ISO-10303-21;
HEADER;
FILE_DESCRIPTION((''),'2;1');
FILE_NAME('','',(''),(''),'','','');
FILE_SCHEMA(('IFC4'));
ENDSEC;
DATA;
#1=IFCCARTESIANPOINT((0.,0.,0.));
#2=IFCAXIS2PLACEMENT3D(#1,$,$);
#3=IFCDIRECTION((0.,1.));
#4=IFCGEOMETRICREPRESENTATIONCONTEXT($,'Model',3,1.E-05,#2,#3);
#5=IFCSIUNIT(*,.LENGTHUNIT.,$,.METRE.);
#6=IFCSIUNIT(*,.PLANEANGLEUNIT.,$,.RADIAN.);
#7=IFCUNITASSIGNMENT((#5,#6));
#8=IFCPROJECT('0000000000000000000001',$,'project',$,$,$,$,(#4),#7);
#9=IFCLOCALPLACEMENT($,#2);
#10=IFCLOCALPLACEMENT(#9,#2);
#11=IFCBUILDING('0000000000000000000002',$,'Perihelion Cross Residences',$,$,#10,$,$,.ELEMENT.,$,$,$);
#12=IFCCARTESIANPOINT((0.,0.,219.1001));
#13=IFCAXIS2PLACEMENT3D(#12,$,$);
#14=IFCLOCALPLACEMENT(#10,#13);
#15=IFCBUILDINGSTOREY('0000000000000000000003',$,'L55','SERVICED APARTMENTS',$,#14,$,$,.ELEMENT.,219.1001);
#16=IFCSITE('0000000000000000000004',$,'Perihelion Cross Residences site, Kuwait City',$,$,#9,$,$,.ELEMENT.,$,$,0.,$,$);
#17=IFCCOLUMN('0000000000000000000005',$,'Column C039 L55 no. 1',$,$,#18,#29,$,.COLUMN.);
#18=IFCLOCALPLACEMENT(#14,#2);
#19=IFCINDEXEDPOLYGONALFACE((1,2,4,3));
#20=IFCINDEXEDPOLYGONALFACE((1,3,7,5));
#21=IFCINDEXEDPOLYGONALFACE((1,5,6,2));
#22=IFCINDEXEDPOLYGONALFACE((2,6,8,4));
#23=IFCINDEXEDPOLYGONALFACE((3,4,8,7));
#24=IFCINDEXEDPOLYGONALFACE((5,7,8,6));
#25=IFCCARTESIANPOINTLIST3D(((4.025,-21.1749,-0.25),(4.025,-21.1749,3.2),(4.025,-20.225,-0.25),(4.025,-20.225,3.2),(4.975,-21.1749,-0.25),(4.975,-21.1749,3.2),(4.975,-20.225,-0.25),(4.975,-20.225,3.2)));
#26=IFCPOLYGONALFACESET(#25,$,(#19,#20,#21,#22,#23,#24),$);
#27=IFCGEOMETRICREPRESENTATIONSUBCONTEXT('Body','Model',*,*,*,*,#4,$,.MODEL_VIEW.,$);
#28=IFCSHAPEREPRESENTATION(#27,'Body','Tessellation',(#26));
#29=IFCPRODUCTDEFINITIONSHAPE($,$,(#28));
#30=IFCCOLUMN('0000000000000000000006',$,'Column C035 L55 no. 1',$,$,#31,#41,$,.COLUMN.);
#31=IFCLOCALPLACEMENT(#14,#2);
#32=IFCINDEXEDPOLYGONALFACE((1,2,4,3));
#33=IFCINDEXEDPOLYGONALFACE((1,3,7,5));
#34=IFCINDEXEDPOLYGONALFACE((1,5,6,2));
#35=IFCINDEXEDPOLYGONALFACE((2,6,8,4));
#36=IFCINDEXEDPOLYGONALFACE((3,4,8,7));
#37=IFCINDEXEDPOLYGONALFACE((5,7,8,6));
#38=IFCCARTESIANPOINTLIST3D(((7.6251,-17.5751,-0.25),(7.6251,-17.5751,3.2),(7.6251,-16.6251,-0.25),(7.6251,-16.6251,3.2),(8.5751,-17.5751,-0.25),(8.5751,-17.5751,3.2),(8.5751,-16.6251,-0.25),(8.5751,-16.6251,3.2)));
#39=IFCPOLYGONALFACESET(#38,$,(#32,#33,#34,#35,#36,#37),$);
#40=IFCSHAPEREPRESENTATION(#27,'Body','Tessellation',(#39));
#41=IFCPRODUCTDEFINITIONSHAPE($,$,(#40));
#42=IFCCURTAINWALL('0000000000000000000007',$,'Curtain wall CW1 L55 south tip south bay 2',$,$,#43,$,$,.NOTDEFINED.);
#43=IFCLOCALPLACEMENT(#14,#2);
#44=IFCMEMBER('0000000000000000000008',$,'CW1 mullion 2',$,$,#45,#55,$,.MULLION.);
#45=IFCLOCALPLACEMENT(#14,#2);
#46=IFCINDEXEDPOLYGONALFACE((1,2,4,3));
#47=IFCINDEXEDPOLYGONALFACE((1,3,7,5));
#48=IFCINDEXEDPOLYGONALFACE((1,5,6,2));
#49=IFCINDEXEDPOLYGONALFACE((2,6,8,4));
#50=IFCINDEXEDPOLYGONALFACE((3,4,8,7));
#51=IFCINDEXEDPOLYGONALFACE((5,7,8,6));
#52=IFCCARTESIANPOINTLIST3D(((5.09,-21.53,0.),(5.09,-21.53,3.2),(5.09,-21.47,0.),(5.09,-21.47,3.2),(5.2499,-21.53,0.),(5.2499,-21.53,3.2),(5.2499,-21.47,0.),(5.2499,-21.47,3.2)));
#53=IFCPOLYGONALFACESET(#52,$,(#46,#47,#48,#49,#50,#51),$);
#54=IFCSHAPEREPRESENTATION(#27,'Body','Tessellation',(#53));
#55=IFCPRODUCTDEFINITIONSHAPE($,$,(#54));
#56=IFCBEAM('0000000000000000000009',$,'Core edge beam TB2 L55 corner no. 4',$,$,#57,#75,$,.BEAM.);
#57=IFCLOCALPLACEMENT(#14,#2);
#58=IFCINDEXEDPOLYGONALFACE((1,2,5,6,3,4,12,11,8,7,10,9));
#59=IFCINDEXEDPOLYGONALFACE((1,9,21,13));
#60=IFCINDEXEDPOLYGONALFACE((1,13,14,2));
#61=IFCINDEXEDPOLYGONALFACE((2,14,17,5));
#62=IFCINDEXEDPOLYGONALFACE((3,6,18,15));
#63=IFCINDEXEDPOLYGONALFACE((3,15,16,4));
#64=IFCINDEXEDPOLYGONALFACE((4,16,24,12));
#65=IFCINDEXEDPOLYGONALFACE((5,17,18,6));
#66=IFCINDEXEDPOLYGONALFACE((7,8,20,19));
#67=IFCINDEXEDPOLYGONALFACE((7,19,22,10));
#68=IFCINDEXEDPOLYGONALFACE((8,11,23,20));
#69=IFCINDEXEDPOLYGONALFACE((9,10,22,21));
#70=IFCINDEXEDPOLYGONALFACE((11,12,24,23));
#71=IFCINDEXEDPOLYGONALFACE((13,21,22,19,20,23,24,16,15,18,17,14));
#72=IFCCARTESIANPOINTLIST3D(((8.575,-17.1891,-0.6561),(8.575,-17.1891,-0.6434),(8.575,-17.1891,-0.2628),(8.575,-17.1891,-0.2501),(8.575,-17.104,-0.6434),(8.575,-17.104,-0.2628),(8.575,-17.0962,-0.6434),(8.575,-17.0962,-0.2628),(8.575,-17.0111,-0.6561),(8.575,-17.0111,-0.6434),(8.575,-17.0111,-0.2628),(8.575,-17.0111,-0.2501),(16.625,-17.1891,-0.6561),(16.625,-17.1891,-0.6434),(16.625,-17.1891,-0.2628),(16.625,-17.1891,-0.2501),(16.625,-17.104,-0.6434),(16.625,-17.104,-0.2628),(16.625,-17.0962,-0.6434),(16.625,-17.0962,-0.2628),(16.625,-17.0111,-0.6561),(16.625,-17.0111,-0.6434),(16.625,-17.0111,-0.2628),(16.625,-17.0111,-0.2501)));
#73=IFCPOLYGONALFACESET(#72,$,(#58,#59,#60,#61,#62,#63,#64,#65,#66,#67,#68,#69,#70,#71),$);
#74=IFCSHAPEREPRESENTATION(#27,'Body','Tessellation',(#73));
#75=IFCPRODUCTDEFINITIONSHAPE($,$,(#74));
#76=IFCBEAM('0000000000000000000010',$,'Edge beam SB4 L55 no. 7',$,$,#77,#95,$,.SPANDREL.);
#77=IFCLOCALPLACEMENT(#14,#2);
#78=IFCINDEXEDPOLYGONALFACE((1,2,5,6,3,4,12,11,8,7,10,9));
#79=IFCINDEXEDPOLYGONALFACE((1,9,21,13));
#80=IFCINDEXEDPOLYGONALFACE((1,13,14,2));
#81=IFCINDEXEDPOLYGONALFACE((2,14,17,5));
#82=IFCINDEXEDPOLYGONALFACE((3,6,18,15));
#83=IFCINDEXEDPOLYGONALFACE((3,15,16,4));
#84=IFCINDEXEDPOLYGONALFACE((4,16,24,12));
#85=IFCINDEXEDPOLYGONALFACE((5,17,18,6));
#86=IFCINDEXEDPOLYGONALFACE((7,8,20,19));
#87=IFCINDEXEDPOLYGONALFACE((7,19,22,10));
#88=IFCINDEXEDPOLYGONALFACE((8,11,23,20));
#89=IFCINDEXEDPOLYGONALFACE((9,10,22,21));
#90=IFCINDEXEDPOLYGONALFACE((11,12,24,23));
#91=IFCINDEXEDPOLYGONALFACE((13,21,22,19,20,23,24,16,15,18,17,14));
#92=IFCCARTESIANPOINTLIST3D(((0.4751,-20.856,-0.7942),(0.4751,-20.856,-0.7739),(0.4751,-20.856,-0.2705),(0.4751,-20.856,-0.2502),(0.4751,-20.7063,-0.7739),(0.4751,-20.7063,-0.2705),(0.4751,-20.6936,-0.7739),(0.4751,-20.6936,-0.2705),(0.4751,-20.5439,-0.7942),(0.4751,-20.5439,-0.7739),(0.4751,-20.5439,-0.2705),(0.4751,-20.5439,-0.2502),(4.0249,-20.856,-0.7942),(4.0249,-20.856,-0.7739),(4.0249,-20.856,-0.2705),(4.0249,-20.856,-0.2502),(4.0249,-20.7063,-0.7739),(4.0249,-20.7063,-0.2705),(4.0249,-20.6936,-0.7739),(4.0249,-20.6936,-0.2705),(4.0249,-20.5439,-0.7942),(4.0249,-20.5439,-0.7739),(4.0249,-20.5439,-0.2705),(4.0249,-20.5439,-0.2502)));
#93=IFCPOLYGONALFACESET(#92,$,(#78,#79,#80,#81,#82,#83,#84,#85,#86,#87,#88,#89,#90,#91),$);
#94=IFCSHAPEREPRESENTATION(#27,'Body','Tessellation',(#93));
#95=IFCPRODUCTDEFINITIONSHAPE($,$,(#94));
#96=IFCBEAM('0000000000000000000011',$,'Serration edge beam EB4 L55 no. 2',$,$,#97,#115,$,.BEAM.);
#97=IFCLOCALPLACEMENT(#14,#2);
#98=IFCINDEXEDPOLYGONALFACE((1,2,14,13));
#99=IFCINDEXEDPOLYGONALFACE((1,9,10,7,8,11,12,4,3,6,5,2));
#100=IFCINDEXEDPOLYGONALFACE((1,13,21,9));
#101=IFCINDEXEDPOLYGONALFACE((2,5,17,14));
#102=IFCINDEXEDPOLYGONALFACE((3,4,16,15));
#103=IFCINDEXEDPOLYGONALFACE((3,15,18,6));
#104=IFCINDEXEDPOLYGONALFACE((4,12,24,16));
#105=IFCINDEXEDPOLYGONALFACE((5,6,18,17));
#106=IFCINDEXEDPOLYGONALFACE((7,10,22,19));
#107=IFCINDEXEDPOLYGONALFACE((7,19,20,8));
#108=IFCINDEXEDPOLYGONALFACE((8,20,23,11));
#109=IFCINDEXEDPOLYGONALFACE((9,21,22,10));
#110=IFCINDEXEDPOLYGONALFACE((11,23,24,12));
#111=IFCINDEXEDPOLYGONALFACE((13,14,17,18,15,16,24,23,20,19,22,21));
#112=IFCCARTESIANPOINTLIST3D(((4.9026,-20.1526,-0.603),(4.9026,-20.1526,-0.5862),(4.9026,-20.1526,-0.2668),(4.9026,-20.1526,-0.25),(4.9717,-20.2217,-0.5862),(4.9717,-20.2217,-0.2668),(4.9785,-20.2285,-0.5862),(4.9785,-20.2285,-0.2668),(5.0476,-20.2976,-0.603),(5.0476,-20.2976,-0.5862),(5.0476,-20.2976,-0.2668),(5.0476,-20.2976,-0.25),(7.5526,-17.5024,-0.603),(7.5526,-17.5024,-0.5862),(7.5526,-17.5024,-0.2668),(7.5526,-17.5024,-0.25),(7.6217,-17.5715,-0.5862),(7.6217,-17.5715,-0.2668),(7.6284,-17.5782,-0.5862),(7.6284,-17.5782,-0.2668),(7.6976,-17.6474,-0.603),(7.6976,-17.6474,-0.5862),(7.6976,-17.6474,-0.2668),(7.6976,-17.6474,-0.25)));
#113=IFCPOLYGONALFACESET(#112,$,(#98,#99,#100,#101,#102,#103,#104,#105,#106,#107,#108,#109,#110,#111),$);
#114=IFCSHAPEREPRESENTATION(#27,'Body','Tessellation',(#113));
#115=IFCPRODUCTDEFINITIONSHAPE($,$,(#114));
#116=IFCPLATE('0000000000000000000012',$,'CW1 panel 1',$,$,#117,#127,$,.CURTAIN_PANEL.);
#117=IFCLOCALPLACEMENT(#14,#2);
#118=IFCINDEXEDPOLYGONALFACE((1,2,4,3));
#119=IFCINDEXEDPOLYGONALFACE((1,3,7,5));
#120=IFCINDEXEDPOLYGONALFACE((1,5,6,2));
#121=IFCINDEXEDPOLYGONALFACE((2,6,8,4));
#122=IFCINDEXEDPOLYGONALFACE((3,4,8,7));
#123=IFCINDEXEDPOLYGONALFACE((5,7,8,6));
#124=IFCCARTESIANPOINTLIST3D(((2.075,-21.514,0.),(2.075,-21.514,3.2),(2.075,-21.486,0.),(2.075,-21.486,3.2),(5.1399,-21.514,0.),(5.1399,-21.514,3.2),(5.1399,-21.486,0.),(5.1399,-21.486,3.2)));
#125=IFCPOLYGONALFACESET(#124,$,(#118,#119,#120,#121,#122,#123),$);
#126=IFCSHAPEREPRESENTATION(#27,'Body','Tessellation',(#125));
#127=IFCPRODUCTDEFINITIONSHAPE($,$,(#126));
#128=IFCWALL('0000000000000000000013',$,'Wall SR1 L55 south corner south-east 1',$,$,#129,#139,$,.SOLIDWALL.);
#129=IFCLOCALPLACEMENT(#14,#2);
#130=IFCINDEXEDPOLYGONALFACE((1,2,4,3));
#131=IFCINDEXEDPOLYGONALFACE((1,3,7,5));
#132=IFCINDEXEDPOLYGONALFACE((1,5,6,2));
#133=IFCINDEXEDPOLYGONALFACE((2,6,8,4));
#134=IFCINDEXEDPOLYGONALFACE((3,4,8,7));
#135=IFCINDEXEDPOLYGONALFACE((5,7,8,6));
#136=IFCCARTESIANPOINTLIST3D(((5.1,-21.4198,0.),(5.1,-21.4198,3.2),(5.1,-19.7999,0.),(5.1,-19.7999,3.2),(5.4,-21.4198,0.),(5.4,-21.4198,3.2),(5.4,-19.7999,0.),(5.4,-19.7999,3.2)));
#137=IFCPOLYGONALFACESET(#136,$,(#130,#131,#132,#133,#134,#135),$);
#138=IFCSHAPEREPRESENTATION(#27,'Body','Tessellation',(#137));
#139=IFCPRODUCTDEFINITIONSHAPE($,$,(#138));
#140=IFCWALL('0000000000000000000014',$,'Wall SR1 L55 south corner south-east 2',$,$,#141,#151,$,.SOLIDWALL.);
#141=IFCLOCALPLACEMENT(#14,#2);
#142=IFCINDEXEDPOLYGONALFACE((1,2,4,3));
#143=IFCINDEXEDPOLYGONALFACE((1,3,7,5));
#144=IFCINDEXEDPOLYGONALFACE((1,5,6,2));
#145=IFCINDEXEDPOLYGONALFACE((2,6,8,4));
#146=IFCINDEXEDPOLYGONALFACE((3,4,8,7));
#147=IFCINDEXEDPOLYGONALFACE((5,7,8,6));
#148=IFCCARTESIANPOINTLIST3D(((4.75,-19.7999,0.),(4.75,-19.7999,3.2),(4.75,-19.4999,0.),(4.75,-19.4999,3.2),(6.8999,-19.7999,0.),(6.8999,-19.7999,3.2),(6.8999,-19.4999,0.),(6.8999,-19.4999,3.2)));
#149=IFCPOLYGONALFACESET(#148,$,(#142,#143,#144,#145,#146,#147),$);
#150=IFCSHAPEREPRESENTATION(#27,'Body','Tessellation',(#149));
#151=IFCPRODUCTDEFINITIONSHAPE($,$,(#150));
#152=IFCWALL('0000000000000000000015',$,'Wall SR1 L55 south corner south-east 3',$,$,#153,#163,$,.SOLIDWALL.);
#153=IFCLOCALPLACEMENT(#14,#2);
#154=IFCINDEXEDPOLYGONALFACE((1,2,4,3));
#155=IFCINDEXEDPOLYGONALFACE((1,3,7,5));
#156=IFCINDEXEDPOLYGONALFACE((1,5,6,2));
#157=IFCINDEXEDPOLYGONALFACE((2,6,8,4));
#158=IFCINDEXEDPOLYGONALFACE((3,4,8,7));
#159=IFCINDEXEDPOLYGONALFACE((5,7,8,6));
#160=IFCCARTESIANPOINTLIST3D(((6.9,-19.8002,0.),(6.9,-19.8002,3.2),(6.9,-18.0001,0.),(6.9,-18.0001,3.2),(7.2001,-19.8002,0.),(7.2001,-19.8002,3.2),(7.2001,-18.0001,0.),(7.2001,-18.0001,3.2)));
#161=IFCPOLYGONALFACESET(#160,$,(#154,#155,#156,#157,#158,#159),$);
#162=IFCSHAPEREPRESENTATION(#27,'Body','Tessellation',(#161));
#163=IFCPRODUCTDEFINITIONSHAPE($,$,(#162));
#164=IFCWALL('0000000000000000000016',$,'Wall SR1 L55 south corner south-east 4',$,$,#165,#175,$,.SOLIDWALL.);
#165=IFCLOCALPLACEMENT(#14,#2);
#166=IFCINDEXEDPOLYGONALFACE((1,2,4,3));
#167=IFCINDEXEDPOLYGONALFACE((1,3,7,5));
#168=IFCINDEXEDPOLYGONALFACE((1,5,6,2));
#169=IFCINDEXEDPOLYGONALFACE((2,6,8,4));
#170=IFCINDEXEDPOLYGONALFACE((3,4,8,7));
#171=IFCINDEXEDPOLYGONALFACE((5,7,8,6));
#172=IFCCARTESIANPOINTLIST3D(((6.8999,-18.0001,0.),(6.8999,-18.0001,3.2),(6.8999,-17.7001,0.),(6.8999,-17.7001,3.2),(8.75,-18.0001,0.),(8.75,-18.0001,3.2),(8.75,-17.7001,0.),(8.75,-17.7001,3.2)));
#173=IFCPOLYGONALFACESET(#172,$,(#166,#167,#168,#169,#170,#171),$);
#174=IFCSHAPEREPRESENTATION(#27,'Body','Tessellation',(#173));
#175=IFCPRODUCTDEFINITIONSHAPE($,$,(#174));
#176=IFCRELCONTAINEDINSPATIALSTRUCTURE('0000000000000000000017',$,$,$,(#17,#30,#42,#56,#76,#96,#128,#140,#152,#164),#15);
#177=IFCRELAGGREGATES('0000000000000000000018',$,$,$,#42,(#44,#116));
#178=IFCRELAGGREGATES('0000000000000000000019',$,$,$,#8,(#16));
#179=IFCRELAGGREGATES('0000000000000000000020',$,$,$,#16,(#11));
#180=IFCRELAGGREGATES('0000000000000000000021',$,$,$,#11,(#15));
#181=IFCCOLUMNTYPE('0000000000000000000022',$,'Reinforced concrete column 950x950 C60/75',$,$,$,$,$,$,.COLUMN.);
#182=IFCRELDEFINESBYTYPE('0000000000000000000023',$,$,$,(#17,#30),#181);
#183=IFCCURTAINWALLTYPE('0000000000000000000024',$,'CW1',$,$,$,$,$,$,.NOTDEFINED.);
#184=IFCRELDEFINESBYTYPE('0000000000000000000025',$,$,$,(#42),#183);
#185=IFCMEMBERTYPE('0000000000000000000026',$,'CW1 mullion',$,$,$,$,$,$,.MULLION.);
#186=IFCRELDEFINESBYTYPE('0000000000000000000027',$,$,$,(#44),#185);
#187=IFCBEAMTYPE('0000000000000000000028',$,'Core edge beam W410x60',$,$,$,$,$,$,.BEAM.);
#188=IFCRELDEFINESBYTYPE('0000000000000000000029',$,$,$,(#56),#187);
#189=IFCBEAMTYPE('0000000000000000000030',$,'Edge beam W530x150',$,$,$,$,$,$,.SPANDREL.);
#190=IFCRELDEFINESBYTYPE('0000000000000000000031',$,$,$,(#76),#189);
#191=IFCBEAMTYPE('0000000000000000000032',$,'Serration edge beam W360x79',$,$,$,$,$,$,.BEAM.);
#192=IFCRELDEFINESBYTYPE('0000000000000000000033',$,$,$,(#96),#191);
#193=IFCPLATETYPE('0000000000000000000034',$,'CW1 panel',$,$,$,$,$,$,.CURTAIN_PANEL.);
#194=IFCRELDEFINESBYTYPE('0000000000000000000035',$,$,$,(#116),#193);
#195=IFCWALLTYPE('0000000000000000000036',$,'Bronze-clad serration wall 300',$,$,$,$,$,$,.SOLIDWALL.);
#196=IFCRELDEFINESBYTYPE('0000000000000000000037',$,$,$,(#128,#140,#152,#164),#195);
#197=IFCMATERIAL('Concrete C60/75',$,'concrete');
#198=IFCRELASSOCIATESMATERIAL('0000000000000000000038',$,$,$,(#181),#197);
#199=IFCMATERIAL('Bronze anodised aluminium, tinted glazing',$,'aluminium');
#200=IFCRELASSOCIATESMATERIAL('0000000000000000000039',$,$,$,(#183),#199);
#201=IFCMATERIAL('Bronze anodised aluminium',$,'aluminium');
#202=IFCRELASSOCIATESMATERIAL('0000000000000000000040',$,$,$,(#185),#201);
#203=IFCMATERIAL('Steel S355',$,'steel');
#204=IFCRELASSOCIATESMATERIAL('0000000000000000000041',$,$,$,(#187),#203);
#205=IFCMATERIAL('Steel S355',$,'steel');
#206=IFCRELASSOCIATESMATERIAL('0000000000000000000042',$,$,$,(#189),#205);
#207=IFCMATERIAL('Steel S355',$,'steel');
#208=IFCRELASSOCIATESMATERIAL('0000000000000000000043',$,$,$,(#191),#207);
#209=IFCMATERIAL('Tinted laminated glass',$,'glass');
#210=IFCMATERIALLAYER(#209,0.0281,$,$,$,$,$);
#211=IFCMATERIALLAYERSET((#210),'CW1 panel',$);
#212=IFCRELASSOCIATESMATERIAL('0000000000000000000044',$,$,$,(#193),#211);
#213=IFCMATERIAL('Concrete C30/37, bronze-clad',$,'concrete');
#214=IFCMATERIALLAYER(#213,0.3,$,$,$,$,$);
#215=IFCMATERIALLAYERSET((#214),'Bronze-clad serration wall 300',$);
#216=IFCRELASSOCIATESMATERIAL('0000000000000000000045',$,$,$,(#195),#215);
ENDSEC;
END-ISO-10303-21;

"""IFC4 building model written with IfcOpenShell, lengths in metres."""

from ifc_helpers import new_model, si_unit, direction, frame, frame_2d, origin, origin_2d, place, context, subcontext, project, spatial, rectangle, i_section, extrude, material, layer, layer_set, material_profile, profile_set, type_object, element, aggregate, save


model = new_model("IFC4")

# Units and contexts
model_context = context("Model", 3, precision=1e-05, world=origin(), true_north=direction((0.0, 1.0)))
body_context = subcontext(model_context, "Body", "Model", "MODEL_VIEW")
ifc_project = project(units=[si_unit("LENGTHUNIT", "METRE"), si_unit("PLANEANGLEUNIT", "RADIAN")], contexts=[model_context])

# Site, building, storey
site_placement = place(None, origin())
site = spatial("IfcSite", under=ifc_project, at=site_placement, Name="Perihelion Cross Residences site, Kuwait City", CompositionType="ELEMENT", RefElevation=0.0)
building_placement = place(site_placement, origin())
building = spatial("IfcBuilding", under=site, at=building_placement, Name="Perihelion Cross Residences", CompositionType="ELEMENT")
storey_placement = place(building_placement, frame((0.0, 0.0, 219.1001)))
storey = spatial("IfcBuildingStorey", under=building, at=storey_placement, Name="L55", Description="SERVICED APARTMENTS", CompositionType="ELEMENT", Elevation=219.1001)

# Columns
ifc_material_1 = material(Name="Concrete C60/75", Category="concrete")
ifc_material_profile_1 = material_profile(ifc_material_1, rectangle(XDim=0.95, YDim=0.95, at=origin_2d()), Name="RC 950x950")
ifc_profile_set_1 = profile_set([ifc_material_profile_1], Name="Concrete C60/75")
column_type = type_object("IfcColumnType", Name="Reinforced concrete column 950x950 C60/75", PredefinedType="COLUMN", material=ifc_profile_set_1)
for number, where, z_axis, x_axis, name in (
    (1, (4.5, -20.7, -0.25), (0.0, 0.0, 1.0), (1.0, 0.0, 0.0), "Column C039 L55 no. 1"),
    (2, (8.1001, -17.1001, -0.25), (0.0, 0.0, 1.0), (1.0, 0.0, 0.0), "Column C035 L55 no. 1"),
):
    element("IfcColumn", number, at=place(storey_placement, frame(where, z_axis=z_axis, x_axis=x_axis)), inside=storey, type_object=column_type, Name=name, PredefinedType="COLUMN", context=body_context, shape_type="SweptSolid", body=[
        extrude(rectangle(XDim=0.95, YDim=0.95, at=origin_2d()), origin(), (0.0, 0.0, 1.0), 3.45),
    ])

# Curtain wall, member
ifc_material_2 = material(Name="Bronze anodised aluminium, tinted glazing", Category="aluminium")
curtain_wall_type = type_object("IfcCurtainWallType", Name="CW1", PredefinedType="NOTDEFINED", material=ifc_material_2)
curtain_wall_placement = place(storey_placement, origin())
curtain_wall = element("IfcCurtainWall", 3, at=curtain_wall_placement, inside=storey, type_object=curtain_wall_type, Name="Curtain wall CW1 L55 south tip south bay 2", PredefinedType="NOTDEFINED")
ifc_material_3 = material(Name="Bronze anodised aluminium", Category="aluminium")
ifc_material_profile_2 = material_profile(ifc_material_3, rectangle(XDim=0.0601, YDim=0.1599, at=origin_2d()), Name="CW1 mullion")
ifc_profile_set_2 = profile_set([ifc_material_profile_2], Name="Bronze anodised aluminium")
member_type = type_object("IfcMemberType", Name="CW1 mullion", PredefinedType="MULLION", material=ifc_profile_set_2)
member_placement = place(storey_placement, frame((5.1699, -21.5, 0.0), z_axis=(0.0, 0.0, 1.0), x_axis=(0.0, 1.0, 0.0)))
member = element("IfcMember", 4, at=member_placement, type_object=member_type, Name="CW1 mullion 2", PredefinedType="MULLION", context=body_context, shape_type="SweptSolid", body=[
    extrude(rectangle(XDim=0.0601, YDim=0.1599, at=origin_2d()), origin(), (0.0, 0.0, 1.0), 3.2),
])

# Beams
ifc_material_4 = material(Name="Steel S355", Category="steel")
ifc_material_profile_3 = material_profile(ifc_material_4, i_section(OverallWidth=0.178, OverallDepth=0.406, WebThickness=0.0078, FlangeThickness=0.0127, at=origin_2d()), Name="W410x60")
ifc_profile_set_3 = profile_set([ifc_material_profile_3], Name="Steel S355")
beam_type_1 = type_object("IfcBeamType", Name="Core edge beam W410x60", PredefinedType="BEAM", material=ifc_profile_set_3)
beam_1_placement = place(storey_placement, frame((8.575, -17.1001, -0.4531), z_axis=(1.0, 0.0, 0.0), x_axis=(0.0, 1.0, 0.0)))
element("IfcBeam", 5, at=beam_1_placement, inside=storey, type_object=beam_type_1, Name="Core edge beam TB2 L55 corner no. 4", PredefinedType="BEAM", context=body_context, shape_type="SweptSolid", body=[
    extrude(i_section(OverallWidth=0.178, OverallDepth=0.406, WebThickness=0.0078, FlangeThickness=0.0127, at=origin_2d()), origin(), (0.0, 0.0, 1.0), 8.05),
])
ifc_material_5 = material(Name="Steel S355", Category="steel")
ifc_material_profile_4 = material_profile(ifc_material_5, i_section(OverallWidth=0.312, OverallDepth=0.5439, WebThickness=0.0127, FlangeThickness=0.0203, at=origin_2d()), Name="W530x150")
ifc_profile_set_4 = profile_set([ifc_material_profile_4], Name="Steel S355")
beam_type_2 = type_object("IfcBeamType", Name="Edge beam W530x150", PredefinedType="SPANDREL", material=ifc_profile_set_4)
beam_2_placement = place(storey_placement, frame((0.4751, -20.7, -0.5222), z_axis=(1.0, 0.0, 0.0), x_axis=(0.0, 1.0, 0.0)))
element("IfcBeam", 6, at=beam_2_placement, inside=storey, type_object=beam_type_2, Name="Edge beam SB4 L55 no. 7", PredefinedType="SPANDREL", context=body_context, shape_type="SweptSolid", body=[
    extrude(i_section(OverallWidth=0.312, OverallDepth=0.5439, WebThickness=0.0127, FlangeThickness=0.0203, at=origin_2d()), origin(), (0.0, 0.0, 1.0), 3.5498),
])
ifc_material_6 = material(Name="Steel S355", Category="steel")
ifc_material_profile_5 = material_profile(ifc_material_6, i_section(OverallWidth=0.2051, OverallDepth=0.353, WebThickness=0.0095, FlangeThickness=0.0168, at=origin_2d()), Name="W360x79")
ifc_profile_set_5 = profile_set([ifc_material_profile_5], Name="Steel S355")
beam_type_3 = type_object("IfcBeamType", Name="Serration edge beam W360x79", PredefinedType="BEAM", material=ifc_profile_set_5)
beam_3_placement = place(storey_placement, frame((4.9751, -20.2251, -0.4265), z_axis=(0.707074, 0.707139, 0.0), x_axis=(-0.707139, 0.707074, 0.0)))
element("IfcBeam", 7, at=beam_3_placement, inside=storey, type_object=beam_type_3, Name="Serration edge beam EB4 L55 no. 2", PredefinedType="BEAM", context=body_context, shape_type="SweptSolid", body=[
    extrude(i_section(OverallWidth=0.2051, OverallDepth=0.353, WebThickness=0.0095, FlangeThickness=0.0168, at=origin_2d()), origin(), (0.0, 0.0, 1.0), 3.7478),
])

# Plate
ifc_material_7 = material(Name="Tinted laminated glass", Category="glass")
ifc_layer_1 = layer(ifc_material_7, 0.0281)
ifc_layer_set_1 = layer_set([ifc_layer_1], Name="CW1 panel")
plate_type = type_object("IfcPlateType", Name="CW1 panel", PredefinedType="CURTAIN_PANEL", material=ifc_layer_set_1)
plate_placement = place(storey_placement, frame((3.6074, -21.5, 0.0), z_axis=(0.0, 0.0, 1.0), x_axis=(1.0, 0.0, 0.0)))
plate = element("IfcPlate", 8, at=plate_placement, type_object=plate_type, Name="CW1 panel 1", PredefinedType="CURTAIN_PANEL", context=body_context, shape_type="SweptSolid", body=[
    extrude(rectangle(XDim=3.0649, YDim=0.0281, at=origin_2d()), origin(), (0.0, 0.0, 1.0), 3.2),
])
aggregate(curtain_wall, [member, plate])

# Walls
ifc_material_8 = material(Name="Concrete C30/37, bronze-clad", Category="concrete")
ifc_layer_2 = layer(ifc_material_8, 0.3)
ifc_layer_set_2 = layer_set([ifc_layer_2], Name="Bronze-clad serration wall 300")
wall_type_1 = type_object("IfcWallType", Name="Bronze-clad serration wall 300", PredefinedType="SOLIDWALL", material=ifc_layer_set_2)
wall_1_placement = place(storey_placement, frame((5.25, -21.4199, 0.0), z_axis=(0.0, 0.0, 1.0), x_axis=(0.0, 1.0, 0.0)))
element("IfcWall", 9, at=wall_1_placement, inside=storey, type_object=wall_type_1, Name="Wall SR1 L55 south corner south-east 1", PredefinedType="SOLIDWALL", context=body_context, shape_type="SweptSolid", body=[
    extrude(rectangle(XDim=1.6199, YDim=0.3, at=frame_2d((0.8101, 0.0))), origin(), (0.0, 0.0, 1.0), 3.2),
])
wall_2_placement = place(storey_placement, frame((4.75, -19.6499, 0.0), z_axis=(0.0, 0.0, 1.0), x_axis=(1.0, 0.0, 0.0)))
element("IfcWall", 10, at=wall_2_placement, inside=storey, type_object=wall_type_1, Name="Wall SR1 L55 south corner south-east 2", PredefinedType="SOLIDWALL", context=body_context, shape_type="SweptSolid", body=[
    extrude(rectangle(XDim=2.1499, YDim=0.3, at=frame_2d((1.075, 0.0))), origin(), (0.0, 0.0, 1.0), 3.2),
])
wall_3_placement = place(storey_placement, frame((7.05, -19.8, 0.0), z_axis=(0.0, 0.0, 1.0), x_axis=(0.0, 1.0, 0.0)))
element("IfcWall", 11, at=wall_3_placement, inside=storey, type_object=wall_type_1, Name="Wall SR1 L55 south corner south-east 3", PredefinedType="SOLIDWALL", context=body_context, shape_type="SweptSolid", body=[
    extrude(rectangle(XDim=1.8, YDim=0.3, at=frame_2d((0.8999, 0.0))), origin(), (0.0, 0.0, 1.0), 3.2),
])
wall_4_placement = place(storey_placement, frame((6.8999, -17.8501, 0.0), z_axis=(0.0, 0.0, 1.0), x_axis=(1.0, 0.0, 0.0)))
element("IfcWall", 12, at=wall_4_placement, inside=storey, type_object=wall_type_1, Name="Wall SR1 L55 south corner south-east 4", PredefinedType="SOLIDWALL", context=body_context, shape_type="SweptSolid", body=[
    extrude(rectangle(XDim=1.8501, YDim=0.3, at=frame_2d((0.925, 0.0))), origin(), (0.0, 0.0, 1.0), 3.2),
])

save(model, "model.ifc")
